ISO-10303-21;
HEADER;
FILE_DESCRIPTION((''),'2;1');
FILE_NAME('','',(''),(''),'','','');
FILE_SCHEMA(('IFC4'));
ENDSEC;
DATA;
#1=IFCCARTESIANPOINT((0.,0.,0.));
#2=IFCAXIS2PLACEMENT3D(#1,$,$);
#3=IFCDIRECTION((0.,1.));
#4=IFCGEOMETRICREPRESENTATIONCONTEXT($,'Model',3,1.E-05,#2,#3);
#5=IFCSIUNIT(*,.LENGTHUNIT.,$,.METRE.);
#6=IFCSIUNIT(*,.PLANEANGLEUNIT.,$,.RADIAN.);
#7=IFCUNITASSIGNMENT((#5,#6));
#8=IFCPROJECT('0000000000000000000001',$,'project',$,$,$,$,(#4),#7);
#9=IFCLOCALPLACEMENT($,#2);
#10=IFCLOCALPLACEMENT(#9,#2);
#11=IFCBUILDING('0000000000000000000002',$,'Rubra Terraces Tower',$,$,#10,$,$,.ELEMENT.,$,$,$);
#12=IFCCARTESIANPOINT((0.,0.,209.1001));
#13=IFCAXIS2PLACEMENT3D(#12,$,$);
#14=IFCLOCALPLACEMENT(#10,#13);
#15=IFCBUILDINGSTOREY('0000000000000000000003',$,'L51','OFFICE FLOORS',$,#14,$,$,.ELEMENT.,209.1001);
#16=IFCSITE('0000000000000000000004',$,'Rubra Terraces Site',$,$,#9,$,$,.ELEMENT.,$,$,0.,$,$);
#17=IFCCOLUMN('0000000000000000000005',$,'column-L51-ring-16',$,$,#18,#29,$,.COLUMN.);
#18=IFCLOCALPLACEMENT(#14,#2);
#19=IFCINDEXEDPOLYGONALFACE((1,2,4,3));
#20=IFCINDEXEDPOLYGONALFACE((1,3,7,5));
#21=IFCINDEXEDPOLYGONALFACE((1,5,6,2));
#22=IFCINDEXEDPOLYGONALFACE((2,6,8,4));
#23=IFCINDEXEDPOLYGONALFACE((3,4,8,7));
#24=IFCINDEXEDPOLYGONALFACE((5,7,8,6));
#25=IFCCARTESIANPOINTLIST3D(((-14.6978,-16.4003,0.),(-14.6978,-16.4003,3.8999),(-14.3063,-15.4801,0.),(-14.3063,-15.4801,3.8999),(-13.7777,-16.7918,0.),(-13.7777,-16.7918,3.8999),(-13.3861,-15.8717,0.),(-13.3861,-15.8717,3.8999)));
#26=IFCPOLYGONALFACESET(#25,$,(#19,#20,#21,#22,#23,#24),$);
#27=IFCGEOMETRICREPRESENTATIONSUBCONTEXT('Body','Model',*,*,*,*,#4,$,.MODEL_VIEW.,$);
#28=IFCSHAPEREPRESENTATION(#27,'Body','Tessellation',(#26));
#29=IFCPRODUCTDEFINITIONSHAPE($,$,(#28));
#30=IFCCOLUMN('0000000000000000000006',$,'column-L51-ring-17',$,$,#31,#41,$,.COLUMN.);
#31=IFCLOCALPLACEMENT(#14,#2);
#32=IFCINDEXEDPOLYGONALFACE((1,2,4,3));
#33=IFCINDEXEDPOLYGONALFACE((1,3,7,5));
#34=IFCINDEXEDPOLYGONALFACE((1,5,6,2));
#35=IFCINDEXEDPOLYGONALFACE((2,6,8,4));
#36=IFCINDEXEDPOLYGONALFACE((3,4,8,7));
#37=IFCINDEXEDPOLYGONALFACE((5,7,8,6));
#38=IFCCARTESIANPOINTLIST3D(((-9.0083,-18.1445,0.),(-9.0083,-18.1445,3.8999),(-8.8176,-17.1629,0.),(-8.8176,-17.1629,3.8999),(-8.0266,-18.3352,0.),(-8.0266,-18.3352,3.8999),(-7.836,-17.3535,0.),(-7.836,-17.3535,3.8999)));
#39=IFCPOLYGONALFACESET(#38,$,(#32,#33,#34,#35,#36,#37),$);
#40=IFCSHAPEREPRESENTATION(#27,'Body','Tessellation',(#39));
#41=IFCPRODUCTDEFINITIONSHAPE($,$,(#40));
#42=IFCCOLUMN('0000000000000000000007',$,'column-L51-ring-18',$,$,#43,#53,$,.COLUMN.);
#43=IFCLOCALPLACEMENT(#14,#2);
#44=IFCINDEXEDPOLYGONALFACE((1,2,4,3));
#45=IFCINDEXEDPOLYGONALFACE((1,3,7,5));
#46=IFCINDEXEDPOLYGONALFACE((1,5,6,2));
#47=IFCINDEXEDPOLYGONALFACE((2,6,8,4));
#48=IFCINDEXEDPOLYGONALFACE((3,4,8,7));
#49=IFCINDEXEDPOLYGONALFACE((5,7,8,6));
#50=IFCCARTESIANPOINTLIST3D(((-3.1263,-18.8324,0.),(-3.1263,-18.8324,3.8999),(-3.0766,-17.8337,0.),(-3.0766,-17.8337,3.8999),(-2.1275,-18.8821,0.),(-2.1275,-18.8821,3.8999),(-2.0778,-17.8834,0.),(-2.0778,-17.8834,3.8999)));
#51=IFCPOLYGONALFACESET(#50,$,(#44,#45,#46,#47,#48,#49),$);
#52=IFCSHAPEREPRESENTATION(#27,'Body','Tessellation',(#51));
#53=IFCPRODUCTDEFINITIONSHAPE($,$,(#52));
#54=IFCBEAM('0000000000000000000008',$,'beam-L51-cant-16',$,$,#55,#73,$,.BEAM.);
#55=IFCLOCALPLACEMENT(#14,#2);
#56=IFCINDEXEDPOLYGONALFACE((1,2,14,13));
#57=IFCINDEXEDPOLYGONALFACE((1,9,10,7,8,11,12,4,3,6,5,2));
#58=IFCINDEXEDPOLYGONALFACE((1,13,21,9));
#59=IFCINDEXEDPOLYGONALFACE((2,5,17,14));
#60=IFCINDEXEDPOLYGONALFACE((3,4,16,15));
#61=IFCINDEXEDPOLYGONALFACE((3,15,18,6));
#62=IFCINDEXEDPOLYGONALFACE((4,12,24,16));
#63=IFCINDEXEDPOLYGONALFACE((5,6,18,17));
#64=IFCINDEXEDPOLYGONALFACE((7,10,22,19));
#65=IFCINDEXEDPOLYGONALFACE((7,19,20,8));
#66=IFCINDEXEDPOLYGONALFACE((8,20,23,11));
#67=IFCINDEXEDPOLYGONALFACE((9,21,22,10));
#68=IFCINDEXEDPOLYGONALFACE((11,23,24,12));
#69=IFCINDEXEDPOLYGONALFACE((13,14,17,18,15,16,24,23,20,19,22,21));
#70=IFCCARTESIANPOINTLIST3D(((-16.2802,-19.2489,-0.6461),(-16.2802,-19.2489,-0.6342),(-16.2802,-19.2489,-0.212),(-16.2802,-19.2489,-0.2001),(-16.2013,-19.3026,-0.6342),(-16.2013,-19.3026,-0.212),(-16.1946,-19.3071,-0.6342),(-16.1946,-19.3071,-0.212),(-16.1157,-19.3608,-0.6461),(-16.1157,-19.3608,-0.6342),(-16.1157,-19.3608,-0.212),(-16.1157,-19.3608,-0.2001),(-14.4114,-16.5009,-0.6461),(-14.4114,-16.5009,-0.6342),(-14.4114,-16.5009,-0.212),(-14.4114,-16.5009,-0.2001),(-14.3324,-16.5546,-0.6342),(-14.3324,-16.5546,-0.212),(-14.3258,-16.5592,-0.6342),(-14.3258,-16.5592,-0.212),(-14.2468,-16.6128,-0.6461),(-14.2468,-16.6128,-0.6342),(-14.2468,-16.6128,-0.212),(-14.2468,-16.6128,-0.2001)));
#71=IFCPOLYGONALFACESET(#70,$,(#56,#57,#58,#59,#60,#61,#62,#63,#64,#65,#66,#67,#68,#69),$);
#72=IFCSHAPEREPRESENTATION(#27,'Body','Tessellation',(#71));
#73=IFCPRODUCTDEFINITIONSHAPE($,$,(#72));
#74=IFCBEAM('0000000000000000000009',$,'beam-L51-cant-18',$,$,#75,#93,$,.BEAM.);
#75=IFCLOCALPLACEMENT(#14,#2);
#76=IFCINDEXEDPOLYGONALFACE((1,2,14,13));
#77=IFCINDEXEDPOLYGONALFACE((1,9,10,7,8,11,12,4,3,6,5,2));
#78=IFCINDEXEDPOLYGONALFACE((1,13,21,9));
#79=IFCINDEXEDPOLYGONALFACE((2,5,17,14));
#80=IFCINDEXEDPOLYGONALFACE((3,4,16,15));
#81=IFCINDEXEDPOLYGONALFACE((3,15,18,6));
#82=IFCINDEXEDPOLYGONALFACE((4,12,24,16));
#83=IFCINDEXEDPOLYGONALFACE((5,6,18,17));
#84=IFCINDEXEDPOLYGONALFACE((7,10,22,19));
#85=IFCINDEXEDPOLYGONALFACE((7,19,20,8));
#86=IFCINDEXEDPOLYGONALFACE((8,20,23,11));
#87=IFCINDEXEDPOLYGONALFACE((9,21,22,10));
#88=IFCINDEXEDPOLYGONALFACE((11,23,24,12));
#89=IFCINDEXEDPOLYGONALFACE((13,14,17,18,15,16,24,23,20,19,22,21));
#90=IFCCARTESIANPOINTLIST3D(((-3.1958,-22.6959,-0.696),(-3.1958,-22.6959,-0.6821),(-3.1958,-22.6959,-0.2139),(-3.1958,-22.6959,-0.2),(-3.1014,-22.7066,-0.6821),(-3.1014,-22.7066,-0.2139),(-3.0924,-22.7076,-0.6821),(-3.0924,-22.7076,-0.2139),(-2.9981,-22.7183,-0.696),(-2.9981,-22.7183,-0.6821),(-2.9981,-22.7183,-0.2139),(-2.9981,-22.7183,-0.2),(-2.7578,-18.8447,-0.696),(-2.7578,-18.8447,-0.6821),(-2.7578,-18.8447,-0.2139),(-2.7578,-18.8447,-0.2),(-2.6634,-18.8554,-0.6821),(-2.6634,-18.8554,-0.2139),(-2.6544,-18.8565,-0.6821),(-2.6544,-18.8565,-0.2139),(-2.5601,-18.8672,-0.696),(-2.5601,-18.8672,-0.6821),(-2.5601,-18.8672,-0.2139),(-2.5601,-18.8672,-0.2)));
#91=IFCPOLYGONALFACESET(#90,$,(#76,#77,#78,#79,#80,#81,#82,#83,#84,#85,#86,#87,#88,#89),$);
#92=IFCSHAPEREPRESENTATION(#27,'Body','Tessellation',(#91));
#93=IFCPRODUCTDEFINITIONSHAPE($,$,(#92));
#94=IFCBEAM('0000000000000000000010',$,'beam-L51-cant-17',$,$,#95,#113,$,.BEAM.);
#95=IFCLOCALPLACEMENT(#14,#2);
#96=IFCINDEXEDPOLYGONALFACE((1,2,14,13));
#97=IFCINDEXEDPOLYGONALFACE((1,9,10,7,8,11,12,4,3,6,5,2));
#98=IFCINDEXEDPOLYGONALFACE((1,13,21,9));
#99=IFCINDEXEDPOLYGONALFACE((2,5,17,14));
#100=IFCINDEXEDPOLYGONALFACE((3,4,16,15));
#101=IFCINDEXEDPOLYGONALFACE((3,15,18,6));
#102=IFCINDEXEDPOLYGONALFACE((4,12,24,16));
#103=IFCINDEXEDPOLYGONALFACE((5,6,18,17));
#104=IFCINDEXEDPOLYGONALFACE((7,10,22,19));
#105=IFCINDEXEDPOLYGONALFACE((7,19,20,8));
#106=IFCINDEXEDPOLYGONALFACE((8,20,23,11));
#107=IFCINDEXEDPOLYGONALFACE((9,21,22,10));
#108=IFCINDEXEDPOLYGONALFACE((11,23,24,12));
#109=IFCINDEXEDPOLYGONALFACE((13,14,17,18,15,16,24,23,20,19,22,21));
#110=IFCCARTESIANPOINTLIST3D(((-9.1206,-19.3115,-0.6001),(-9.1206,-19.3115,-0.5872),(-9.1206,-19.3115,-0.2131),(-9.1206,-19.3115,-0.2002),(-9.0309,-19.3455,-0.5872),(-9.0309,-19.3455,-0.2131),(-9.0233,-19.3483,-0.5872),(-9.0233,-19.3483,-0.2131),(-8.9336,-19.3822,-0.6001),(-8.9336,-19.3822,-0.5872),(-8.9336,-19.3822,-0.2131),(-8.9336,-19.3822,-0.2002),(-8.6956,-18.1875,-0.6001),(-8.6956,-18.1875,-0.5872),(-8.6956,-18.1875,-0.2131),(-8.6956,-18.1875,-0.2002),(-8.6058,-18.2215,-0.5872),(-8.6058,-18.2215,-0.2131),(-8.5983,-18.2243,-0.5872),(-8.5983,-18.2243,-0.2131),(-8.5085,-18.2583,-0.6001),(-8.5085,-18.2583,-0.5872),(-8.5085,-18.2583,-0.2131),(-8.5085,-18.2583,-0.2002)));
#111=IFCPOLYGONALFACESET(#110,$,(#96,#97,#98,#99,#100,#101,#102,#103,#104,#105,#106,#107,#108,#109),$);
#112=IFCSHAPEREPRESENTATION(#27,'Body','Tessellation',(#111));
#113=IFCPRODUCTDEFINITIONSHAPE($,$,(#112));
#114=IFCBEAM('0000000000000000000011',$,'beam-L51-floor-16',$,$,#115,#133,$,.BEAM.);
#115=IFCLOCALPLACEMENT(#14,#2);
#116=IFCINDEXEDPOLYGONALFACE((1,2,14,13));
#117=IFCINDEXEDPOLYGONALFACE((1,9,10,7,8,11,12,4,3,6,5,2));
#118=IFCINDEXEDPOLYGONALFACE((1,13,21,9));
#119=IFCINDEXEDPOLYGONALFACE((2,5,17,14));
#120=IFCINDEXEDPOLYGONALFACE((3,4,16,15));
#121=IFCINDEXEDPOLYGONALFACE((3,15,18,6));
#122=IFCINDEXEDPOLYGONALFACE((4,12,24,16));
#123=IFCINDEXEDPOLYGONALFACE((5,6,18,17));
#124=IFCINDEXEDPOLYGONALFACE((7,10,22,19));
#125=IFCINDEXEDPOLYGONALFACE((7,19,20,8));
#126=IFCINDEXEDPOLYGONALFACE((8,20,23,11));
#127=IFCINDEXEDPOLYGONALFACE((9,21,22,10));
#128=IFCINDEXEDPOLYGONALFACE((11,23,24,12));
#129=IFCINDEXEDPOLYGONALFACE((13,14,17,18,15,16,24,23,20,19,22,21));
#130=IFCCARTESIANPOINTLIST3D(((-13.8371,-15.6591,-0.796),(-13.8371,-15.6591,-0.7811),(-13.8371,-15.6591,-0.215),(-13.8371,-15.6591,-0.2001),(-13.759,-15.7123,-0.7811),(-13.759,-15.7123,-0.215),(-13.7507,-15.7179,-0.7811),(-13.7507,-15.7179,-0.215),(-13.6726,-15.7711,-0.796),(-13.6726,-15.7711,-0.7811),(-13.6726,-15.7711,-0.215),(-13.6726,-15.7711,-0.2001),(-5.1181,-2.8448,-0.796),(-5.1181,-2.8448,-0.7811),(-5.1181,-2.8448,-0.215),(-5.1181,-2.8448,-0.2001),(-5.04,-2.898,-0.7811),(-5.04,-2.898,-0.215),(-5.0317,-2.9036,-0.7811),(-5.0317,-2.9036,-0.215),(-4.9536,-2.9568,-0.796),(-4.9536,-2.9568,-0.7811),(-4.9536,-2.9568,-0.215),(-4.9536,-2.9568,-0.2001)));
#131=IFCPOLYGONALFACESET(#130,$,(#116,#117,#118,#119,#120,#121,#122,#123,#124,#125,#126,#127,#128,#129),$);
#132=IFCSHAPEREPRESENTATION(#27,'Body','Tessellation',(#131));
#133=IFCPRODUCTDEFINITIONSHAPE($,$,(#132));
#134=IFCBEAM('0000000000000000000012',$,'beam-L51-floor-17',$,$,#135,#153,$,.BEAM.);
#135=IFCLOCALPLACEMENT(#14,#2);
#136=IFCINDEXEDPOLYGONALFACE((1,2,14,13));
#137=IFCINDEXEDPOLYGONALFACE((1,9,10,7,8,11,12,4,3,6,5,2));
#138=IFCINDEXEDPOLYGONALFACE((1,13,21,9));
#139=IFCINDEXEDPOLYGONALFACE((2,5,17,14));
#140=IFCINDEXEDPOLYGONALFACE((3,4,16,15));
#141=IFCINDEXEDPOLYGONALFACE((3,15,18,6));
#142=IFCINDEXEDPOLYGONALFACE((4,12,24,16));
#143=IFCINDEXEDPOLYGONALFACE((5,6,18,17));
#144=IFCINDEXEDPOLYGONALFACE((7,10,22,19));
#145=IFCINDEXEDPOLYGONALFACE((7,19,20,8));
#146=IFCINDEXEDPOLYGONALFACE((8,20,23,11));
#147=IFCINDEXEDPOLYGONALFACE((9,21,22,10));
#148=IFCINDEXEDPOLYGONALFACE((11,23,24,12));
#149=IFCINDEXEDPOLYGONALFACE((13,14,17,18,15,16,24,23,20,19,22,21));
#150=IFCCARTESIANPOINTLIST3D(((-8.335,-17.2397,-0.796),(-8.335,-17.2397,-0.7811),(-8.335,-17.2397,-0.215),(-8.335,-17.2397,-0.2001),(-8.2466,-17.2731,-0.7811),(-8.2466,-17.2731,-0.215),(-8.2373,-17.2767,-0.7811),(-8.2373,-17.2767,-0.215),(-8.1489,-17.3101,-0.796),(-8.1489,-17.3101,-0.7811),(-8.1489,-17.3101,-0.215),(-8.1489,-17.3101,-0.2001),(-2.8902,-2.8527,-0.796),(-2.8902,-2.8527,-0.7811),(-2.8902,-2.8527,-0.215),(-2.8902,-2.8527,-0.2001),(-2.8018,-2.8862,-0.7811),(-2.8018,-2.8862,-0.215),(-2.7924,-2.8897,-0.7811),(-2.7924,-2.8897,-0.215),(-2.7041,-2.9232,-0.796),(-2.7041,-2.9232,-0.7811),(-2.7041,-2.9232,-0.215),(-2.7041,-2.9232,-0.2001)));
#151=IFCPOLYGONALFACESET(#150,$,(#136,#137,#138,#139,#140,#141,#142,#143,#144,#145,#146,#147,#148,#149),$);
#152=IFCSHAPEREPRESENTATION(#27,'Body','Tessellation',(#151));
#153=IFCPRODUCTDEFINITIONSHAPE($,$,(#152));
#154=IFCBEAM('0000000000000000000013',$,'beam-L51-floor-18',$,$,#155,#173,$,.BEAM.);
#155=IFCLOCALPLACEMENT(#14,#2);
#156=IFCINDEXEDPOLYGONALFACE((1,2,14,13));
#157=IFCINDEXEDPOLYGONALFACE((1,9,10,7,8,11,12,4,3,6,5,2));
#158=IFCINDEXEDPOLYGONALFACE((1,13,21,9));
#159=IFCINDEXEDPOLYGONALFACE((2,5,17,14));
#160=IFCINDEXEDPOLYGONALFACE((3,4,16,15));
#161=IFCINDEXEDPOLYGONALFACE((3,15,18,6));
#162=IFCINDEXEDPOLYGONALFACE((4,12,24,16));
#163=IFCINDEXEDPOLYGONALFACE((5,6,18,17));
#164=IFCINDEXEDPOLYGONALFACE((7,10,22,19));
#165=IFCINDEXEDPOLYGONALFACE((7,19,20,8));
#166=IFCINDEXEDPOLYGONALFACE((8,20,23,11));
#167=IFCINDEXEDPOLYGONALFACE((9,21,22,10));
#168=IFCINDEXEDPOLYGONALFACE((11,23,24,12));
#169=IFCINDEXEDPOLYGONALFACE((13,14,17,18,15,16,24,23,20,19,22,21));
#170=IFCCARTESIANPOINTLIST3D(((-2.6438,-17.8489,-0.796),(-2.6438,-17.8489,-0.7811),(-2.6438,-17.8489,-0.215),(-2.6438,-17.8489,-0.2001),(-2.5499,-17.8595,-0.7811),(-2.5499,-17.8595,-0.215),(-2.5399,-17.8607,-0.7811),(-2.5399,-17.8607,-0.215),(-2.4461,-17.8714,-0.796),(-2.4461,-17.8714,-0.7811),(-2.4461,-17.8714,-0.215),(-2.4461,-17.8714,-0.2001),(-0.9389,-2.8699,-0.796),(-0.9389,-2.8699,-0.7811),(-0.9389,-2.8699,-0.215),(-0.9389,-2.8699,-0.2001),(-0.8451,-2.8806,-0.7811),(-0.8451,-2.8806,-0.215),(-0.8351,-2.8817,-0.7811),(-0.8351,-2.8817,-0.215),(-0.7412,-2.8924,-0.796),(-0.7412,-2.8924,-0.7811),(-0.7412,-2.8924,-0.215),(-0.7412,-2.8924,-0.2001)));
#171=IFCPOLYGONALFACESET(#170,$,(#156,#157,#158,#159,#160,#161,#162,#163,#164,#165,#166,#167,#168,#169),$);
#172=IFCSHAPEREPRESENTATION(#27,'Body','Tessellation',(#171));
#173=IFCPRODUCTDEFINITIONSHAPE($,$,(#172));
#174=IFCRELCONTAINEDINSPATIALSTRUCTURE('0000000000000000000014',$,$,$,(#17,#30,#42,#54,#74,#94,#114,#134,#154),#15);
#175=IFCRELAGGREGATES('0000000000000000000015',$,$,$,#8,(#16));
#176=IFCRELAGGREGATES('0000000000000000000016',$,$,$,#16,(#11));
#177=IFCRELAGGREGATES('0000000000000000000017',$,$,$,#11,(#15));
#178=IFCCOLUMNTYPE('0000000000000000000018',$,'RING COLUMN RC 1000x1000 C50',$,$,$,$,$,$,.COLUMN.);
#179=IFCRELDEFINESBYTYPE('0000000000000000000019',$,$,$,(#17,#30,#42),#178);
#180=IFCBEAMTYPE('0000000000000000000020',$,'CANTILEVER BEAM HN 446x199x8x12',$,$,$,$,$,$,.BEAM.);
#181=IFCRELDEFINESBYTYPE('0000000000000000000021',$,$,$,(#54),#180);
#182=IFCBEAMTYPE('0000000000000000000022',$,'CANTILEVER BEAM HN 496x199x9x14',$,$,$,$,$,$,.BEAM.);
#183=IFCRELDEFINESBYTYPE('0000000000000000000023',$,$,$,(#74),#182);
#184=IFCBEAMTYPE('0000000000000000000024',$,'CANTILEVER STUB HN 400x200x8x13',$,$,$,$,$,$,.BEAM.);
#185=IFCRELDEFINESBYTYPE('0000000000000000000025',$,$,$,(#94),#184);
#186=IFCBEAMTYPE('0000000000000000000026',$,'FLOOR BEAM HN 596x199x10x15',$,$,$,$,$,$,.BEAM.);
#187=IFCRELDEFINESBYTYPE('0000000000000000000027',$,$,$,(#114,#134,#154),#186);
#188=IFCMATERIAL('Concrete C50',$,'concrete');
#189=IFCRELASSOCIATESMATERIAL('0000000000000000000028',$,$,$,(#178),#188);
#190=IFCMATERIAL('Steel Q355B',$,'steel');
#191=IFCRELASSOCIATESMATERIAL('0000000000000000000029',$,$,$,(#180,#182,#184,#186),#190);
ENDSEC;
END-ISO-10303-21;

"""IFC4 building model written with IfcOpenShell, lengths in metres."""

from ifc_helpers import new_model, si_unit, direction, frame, origin, origin_2d, place, context, subcontext, project, spatial, rectangle, i_section, extrude, material, material_profile, profile_set, type_object, element, save


model = new_model("IFC4")

# Units and contexts
model_context = context("Model", 3, precision=1e-05, world=origin(), true_north=direction((0.0, 1.0)))
body_context = subcontext(model_context, "Body", "Model", "MODEL_VIEW")
ifc_project = project(units=[si_unit("LENGTHUNIT", "METRE"), si_unit("PLANEANGLEUNIT", "RADIAN")], contexts=[model_context])

# Site, building, storey
site_placement = place(None, origin())
site = spatial("IfcSite", under=ifc_project, at=site_placement, Name="Rubra Terraces Site", CompositionType="ELEMENT", RefElevation=0.0)
building_placement = place(site_placement, origin())
building = spatial("IfcBuilding", under=site, at=building_placement, Name="Rubra Terraces Tower", CompositionType="ELEMENT")
storey_placement = place(building_placement, frame((0.0, 0.0, 209.1001)))
storey = spatial("IfcBuildingStorey", under=building, at=storey_placement, Name="L51", Description="OFFICE FLOORS", CompositionType="ELEMENT", Elevation=209.1001)

# Columns
ifc_material_1 = material(Name="Concrete C50", Category="concrete")
ifc_material_profile_1 = material_profile(ifc_material_1, rectangle(XDim=1.0, YDim=1.0, at=origin_2d()), Name="RC 1000x1000")
ifc_profile_set_1 = profile_set([ifc_material_profile_1], Name="Concrete C50")
column_type = type_object("IfcColumnType", Name="RING COLUMN RC 1000x1000 C50", PredefinedType="COLUMN", material=ifc_profile_set_1)
for number, where, z_axis, x_axis, name in (
    (1, (-14.042, -16.136, 0.0), (0.0, 0.0, 1.0), (0.920168, -0.391524, 0.0), "column-L51-ring-16"),
    (2, (-8.4221, -17.749, 0.0), (0.0, 0.0, 1.0), (0.981655, -0.190668, 0.0), "column-L51-ring-17"),
    (3, (-2.6021, -18.3579, 0.0), (0.0, 0.0, 1.0), (0.998764, -0.049699, 0.0), "column-L51-ring-18"),
):
    element("IfcColumn", number, at=place(storey_placement, frame(where, z_axis=z_axis, x_axis=x_axis)), inside=storey, type_object=column_type, Name=name, PredefinedType="COLUMN", context=body_context, shape_type="SweptSolid", body=[
        extrude(rectangle(XDim=1.0, YDim=1.0, at=origin_2d()), origin(), (0.0, 0.0, 1.0), 3.8999),
    ])

# Beams
ifc_material_2 = material(Name="Steel Q355B", Category="steel")
ifc_material_profile_2 = material_profile(ifc_material_2, i_section(OverallWidth=0.199, OverallDepth=0.446, WebThickness=0.0081, FlangeThickness=0.012, at=origin_2d()), Name="HN 446x199x8x12")
ifc_profile_set_2 = profile_set([ifc_material_profile_2], Name="Steel Q355B")
beam_type_1 = type_object("IfcBeamType", Name="CANTILEVER BEAM HN 446x199x8x12", PredefinedType="BEAM", material=ifc_profile_set_2)
beam_1_placement = place(storey_placement, frame((-14.3291, -16.5569, -0.4231), z_axis=(-0.562356, -0.826895, 0.0), x_axis=(0.826895, -0.562356, 0.0)))
element("IfcBeam", 4, at=beam_1_placement, inside=storey, type_object=beam_type_1, Name="beam-L51-cant-16", PredefinedType="BEAM", context=body_context, shape_type="SweptSolid", body=[
    extrude(i_section(OverallWidth=0.199, OverallDepth=0.446, WebThickness=0.0081, FlangeThickness=0.012, at=origin_2d()), origin(), (0.0, 0.0, 1.0), 3.3232),
])
ifc_material_profile_3 = material_profile(ifc_material_2, i_section(OverallWidth=0.199, OverallDepth=0.4961, WebThickness=0.009, FlangeThickness=0.0139, at=origin_2d()), Name="HN 496x199x9x14")
ifc_profile_set_3 = profile_set([ifc_material_profile_3], Name="Steel Q355B")
beam_type_2 = type_object("IfcBeamType", Name="CANTILEVER BEAM HN 496x199x9x14", PredefinedType="BEAM", material=ifc_profile_set_3)
beam_2_placement = place(storey_placement, frame((-2.6589, -18.856, -0.448), z_axis=(-0.113003, -0.993595, 0.0), x_axis=(0.993595, -0.113003, 0.0)))
element("IfcBeam", 5, at=beam_2_placement, inside=storey, type_object=beam_type_2, Name="beam-L51-cant-18", PredefinedType="BEAM", context=body_context, shape_type="SweptSolid", body=[
    extrude(i_section(OverallWidth=0.199, OverallDepth=0.4961, WebThickness=0.009, FlangeThickness=0.0139, at=origin_2d()), origin(), (0.0, 0.0, 1.0), 3.876),
])
ifc_material_profile_4 = material_profile(ifc_material_2, i_section(OverallWidth=0.2, OverallDepth=0.3999, WebThickness=0.0081, FlangeThickness=0.0129, at=origin_2d()), Name="HN 400x200x8x13")
ifc_profile_set_4 = profile_set([ifc_material_profile_4], Name="Steel Q355B")
beam_type_3 = type_object("IfcBeamType", Name="CANTILEVER STUB HN 400x200x8x13", PredefinedType="BEAM", material=ifc_profile_set_4)
beam_3_placement = place(storey_placement, frame((-8.6021, -18.2229, -0.4001), z_axis=(-0.353705, -0.935357, 0.0), x_axis=(0.935357, -0.353705, 0.0)))
element("IfcBeam", 6, at=beam_3_placement, inside=storey, type_object=beam_type_3, Name="beam-L51-cant-17", PredefinedType="BEAM", context=body_context, shape_type="SweptSolid", body=[
    extrude(i_section(OverallWidth=0.2, OverallDepth=0.3999, WebThickness=0.0081, FlangeThickness=0.0129, at=origin_2d()), origin(), (0.0, 0.0, 1.0), 1.2017),
])
ifc_material_profile_5 = material_profile(ifc_material_2, i_section(OverallWidth=0.199, OverallDepth=0.5959, WebThickness=0.01, FlangeThickness=0.0149, at=origin_2d()), Name="HN 596x199x10x15")
ifc_profile_set_5 = profile_set([ifc_material_profile_5], Name="Steel Q355B")
beam_type_4 = type_object("IfcBeamType", Name="FLOOR BEAM HN 596x199x10x15", PredefinedType="BEAM", material=ifc_profile_set_5)
beam_4_placement = place(storey_placement, frame((-13.7549, -15.7151, -0.498), z_axis=(0.562545, 0.826767, 0.0), x_axis=(-0.826767, 0.562545, 0.0)))
element("IfcBeam", 7, at=beam_4_placement, inside=storey, type_object=beam_type_4, Name="beam-L51-floor-16", PredefinedType="BEAM", context=body_context, shape_type="SweptSolid", body=[
    extrude(i_section(OverallWidth=0.199, OverallDepth=0.5959, WebThickness=0.01, FlangeThickness=0.0149, at=origin_2d()), origin(), (0.0, 0.0, 1.0), 15.4993),
])
beam_5_placement = place(storey_placement, frame((-8.2419, -17.2749, -0.498), z_axis=(0.353955, 0.935262, 0.0), x_axis=(-0.935262, 0.353955, 0.0)))
element("IfcBeam", 8, at=beam_5_placement, inside=storey, type_object=beam_type_4, Name="beam-L51-floor-17", PredefinedType="BEAM", context=body_context, shape_type="SweptSolid", body=[
    extrude(i_section(OverallWidth=0.199, OverallDepth=0.5959, WebThickness=0.01, FlangeThickness=0.0149, at=origin_2d()), origin(), (0.0, 0.0, 1.0), 15.3828),
])
beam_6_placement = place(storey_placement, frame((-2.5449, -17.8601, -0.498), z_axis=(0.113085, 0.993585, 0.0), x_axis=(-0.993585, 0.113085, 0.0)))
element("IfcBeam", 9, at=beam_6_placement, inside=storey, type_object=beam_type_4, Name="beam-L51-floor-18", PredefinedType="BEAM", context=body_context, shape_type="SweptSolid", body=[
    extrude(i_section(OverallWidth=0.199, OverallDepth=0.5959, WebThickness=0.01, FlangeThickness=0.0149, at=origin_2d()), origin(), (0.0, 0.0, 1.0), 15.0757),
])

save(model, "model.ifc")
